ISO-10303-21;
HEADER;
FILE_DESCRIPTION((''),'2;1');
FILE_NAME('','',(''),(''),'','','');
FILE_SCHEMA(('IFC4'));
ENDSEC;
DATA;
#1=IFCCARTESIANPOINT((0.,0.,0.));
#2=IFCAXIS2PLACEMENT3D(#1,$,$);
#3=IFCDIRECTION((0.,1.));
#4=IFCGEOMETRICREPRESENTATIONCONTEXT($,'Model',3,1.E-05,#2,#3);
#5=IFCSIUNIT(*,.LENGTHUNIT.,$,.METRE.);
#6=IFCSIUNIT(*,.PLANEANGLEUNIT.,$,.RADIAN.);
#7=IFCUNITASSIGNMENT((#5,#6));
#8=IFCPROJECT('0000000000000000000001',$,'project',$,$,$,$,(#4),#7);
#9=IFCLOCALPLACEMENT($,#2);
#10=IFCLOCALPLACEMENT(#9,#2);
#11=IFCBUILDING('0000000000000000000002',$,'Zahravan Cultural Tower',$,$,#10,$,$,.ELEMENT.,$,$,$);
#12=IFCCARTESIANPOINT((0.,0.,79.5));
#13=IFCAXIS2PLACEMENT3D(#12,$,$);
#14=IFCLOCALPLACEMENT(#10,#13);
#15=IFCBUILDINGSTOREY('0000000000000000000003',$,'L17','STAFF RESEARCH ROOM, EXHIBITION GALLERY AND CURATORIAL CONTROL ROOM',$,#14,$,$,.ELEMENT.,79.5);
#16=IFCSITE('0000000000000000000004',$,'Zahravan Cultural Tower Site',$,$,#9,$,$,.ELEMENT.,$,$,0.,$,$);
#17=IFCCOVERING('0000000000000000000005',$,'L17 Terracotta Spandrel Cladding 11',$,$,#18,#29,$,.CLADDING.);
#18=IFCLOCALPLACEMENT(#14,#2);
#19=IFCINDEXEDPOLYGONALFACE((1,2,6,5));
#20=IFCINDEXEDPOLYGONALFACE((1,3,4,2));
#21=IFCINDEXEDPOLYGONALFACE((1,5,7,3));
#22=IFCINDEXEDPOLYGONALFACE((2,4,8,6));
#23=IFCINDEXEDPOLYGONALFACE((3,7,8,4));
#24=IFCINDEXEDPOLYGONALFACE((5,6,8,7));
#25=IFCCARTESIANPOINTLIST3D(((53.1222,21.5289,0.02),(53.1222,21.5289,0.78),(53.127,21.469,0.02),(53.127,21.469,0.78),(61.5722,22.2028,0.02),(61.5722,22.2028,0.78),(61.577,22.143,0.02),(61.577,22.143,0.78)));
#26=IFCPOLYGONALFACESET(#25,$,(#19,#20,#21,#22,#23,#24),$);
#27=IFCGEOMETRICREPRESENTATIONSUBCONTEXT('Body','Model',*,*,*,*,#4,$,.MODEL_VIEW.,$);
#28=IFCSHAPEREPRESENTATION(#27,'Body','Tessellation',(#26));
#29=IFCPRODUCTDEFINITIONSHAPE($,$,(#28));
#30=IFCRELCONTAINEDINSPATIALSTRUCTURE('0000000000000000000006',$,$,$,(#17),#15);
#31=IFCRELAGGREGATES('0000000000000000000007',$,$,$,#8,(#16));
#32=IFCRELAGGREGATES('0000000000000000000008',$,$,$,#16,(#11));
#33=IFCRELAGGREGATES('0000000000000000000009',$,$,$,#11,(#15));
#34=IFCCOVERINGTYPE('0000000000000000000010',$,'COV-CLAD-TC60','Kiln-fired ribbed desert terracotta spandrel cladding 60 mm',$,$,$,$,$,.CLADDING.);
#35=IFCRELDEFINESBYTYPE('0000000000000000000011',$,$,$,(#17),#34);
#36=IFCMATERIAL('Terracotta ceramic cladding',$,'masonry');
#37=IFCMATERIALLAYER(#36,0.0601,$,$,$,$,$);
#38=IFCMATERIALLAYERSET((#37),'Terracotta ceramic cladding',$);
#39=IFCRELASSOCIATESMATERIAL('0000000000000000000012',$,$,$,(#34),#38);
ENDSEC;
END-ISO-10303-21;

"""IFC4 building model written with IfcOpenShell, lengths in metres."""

from ifc_helpers import new_model, si_unit, direction, frame, origin, origin_2d, place, context, subcontext, project, spatial, rectangle, extrude, source, transform, mapped, material, layer, layer_set, type_object, element, save


model = new_model("IFC4")

# Units and contexts
model_context = context("Model", 3, precision=1e-05, world=origin(), true_north=direction((0.0, 1.0)))
body_context = subcontext(model_context, "Body", "Model", "MODEL_VIEW")
ifc_project = project(units=[si_unit("LENGTHUNIT", "METRE"), si_unit("PLANEANGLEUNIT", "RADIAN")], contexts=[model_context])

# Site, building, storey
site_placement = place(None, origin())
site = spatial("IfcSite", under=ifc_project, at=site_placement, Name="Zahravan Cultural Tower Site", CompositionType="ELEMENT", RefElevation=0.0)
building_placement = place(site_placement, origin())
building = spatial("IfcBuilding", under=site, at=building_placement, Name="Zahravan Cultural Tower", CompositionType="ELEMENT")
storey_placement = place(building_placement, frame((0.0, 0.0, 79.5)))
storey = spatial("IfcBuildingStorey", under=building, at=storey_placement, Name="L17", Description="STAFF RESEARCH ROOM, EXHIBITION GALLERY AND CURATORIAL CONTROL ROOM", CompositionType="ELEMENT", Elevation=79.5)

# Covering
ifc_material_1 = material(Name="Terracotta ceramic cladding", Category="masonry")
ifc_layer_1 = layer(ifc_material_1, 0.0601)
ifc_layer_set_1 = layer_set([ifc_layer_1], Name="Terracotta ceramic cladding")
covering_type = type_object("IfcCoveringType", Name="COV-CLAD-TC60", Description="Kiln-fired ribbed desert terracotta spandrel cladding 60 mm", PredefinedType="CLADDING", material=ifc_layer_set_1)
shared_shape_1 = source(origin(), body_context, "Body", "SweptSolid", [
    extrude(rectangle(XDim=8.4768, YDim=0.0601, at=origin_2d()), origin(), (0.0, 0.0, 1.0), 0.76),
])
covering_placement = place(storey_placement, frame((57.3496, 21.8359, 0.02), z_axis=(0.0, 0.0, 1.0), x_axis=(-0.996835, -0.079503, 0.0)))
element("IfcCovering", 1, at=covering_placement, inside=storey, type_object=covering_type, Name="L17 Terracotta Spandrel Cladding 11", PredefinedType="CLADDING", context=body_context, shape_type="MappedRepresentation", body=[
    mapped(shared_shape_1, transform((0.0, 0.0, 0.0), x_axis=(1.0, 0.0, 0.0), y_axis=(0.0, 1.0, 0.0), z_axis=(0.0, 0.0, 1.0), scale=1.0)),
])

save(model, "model.ifc")
